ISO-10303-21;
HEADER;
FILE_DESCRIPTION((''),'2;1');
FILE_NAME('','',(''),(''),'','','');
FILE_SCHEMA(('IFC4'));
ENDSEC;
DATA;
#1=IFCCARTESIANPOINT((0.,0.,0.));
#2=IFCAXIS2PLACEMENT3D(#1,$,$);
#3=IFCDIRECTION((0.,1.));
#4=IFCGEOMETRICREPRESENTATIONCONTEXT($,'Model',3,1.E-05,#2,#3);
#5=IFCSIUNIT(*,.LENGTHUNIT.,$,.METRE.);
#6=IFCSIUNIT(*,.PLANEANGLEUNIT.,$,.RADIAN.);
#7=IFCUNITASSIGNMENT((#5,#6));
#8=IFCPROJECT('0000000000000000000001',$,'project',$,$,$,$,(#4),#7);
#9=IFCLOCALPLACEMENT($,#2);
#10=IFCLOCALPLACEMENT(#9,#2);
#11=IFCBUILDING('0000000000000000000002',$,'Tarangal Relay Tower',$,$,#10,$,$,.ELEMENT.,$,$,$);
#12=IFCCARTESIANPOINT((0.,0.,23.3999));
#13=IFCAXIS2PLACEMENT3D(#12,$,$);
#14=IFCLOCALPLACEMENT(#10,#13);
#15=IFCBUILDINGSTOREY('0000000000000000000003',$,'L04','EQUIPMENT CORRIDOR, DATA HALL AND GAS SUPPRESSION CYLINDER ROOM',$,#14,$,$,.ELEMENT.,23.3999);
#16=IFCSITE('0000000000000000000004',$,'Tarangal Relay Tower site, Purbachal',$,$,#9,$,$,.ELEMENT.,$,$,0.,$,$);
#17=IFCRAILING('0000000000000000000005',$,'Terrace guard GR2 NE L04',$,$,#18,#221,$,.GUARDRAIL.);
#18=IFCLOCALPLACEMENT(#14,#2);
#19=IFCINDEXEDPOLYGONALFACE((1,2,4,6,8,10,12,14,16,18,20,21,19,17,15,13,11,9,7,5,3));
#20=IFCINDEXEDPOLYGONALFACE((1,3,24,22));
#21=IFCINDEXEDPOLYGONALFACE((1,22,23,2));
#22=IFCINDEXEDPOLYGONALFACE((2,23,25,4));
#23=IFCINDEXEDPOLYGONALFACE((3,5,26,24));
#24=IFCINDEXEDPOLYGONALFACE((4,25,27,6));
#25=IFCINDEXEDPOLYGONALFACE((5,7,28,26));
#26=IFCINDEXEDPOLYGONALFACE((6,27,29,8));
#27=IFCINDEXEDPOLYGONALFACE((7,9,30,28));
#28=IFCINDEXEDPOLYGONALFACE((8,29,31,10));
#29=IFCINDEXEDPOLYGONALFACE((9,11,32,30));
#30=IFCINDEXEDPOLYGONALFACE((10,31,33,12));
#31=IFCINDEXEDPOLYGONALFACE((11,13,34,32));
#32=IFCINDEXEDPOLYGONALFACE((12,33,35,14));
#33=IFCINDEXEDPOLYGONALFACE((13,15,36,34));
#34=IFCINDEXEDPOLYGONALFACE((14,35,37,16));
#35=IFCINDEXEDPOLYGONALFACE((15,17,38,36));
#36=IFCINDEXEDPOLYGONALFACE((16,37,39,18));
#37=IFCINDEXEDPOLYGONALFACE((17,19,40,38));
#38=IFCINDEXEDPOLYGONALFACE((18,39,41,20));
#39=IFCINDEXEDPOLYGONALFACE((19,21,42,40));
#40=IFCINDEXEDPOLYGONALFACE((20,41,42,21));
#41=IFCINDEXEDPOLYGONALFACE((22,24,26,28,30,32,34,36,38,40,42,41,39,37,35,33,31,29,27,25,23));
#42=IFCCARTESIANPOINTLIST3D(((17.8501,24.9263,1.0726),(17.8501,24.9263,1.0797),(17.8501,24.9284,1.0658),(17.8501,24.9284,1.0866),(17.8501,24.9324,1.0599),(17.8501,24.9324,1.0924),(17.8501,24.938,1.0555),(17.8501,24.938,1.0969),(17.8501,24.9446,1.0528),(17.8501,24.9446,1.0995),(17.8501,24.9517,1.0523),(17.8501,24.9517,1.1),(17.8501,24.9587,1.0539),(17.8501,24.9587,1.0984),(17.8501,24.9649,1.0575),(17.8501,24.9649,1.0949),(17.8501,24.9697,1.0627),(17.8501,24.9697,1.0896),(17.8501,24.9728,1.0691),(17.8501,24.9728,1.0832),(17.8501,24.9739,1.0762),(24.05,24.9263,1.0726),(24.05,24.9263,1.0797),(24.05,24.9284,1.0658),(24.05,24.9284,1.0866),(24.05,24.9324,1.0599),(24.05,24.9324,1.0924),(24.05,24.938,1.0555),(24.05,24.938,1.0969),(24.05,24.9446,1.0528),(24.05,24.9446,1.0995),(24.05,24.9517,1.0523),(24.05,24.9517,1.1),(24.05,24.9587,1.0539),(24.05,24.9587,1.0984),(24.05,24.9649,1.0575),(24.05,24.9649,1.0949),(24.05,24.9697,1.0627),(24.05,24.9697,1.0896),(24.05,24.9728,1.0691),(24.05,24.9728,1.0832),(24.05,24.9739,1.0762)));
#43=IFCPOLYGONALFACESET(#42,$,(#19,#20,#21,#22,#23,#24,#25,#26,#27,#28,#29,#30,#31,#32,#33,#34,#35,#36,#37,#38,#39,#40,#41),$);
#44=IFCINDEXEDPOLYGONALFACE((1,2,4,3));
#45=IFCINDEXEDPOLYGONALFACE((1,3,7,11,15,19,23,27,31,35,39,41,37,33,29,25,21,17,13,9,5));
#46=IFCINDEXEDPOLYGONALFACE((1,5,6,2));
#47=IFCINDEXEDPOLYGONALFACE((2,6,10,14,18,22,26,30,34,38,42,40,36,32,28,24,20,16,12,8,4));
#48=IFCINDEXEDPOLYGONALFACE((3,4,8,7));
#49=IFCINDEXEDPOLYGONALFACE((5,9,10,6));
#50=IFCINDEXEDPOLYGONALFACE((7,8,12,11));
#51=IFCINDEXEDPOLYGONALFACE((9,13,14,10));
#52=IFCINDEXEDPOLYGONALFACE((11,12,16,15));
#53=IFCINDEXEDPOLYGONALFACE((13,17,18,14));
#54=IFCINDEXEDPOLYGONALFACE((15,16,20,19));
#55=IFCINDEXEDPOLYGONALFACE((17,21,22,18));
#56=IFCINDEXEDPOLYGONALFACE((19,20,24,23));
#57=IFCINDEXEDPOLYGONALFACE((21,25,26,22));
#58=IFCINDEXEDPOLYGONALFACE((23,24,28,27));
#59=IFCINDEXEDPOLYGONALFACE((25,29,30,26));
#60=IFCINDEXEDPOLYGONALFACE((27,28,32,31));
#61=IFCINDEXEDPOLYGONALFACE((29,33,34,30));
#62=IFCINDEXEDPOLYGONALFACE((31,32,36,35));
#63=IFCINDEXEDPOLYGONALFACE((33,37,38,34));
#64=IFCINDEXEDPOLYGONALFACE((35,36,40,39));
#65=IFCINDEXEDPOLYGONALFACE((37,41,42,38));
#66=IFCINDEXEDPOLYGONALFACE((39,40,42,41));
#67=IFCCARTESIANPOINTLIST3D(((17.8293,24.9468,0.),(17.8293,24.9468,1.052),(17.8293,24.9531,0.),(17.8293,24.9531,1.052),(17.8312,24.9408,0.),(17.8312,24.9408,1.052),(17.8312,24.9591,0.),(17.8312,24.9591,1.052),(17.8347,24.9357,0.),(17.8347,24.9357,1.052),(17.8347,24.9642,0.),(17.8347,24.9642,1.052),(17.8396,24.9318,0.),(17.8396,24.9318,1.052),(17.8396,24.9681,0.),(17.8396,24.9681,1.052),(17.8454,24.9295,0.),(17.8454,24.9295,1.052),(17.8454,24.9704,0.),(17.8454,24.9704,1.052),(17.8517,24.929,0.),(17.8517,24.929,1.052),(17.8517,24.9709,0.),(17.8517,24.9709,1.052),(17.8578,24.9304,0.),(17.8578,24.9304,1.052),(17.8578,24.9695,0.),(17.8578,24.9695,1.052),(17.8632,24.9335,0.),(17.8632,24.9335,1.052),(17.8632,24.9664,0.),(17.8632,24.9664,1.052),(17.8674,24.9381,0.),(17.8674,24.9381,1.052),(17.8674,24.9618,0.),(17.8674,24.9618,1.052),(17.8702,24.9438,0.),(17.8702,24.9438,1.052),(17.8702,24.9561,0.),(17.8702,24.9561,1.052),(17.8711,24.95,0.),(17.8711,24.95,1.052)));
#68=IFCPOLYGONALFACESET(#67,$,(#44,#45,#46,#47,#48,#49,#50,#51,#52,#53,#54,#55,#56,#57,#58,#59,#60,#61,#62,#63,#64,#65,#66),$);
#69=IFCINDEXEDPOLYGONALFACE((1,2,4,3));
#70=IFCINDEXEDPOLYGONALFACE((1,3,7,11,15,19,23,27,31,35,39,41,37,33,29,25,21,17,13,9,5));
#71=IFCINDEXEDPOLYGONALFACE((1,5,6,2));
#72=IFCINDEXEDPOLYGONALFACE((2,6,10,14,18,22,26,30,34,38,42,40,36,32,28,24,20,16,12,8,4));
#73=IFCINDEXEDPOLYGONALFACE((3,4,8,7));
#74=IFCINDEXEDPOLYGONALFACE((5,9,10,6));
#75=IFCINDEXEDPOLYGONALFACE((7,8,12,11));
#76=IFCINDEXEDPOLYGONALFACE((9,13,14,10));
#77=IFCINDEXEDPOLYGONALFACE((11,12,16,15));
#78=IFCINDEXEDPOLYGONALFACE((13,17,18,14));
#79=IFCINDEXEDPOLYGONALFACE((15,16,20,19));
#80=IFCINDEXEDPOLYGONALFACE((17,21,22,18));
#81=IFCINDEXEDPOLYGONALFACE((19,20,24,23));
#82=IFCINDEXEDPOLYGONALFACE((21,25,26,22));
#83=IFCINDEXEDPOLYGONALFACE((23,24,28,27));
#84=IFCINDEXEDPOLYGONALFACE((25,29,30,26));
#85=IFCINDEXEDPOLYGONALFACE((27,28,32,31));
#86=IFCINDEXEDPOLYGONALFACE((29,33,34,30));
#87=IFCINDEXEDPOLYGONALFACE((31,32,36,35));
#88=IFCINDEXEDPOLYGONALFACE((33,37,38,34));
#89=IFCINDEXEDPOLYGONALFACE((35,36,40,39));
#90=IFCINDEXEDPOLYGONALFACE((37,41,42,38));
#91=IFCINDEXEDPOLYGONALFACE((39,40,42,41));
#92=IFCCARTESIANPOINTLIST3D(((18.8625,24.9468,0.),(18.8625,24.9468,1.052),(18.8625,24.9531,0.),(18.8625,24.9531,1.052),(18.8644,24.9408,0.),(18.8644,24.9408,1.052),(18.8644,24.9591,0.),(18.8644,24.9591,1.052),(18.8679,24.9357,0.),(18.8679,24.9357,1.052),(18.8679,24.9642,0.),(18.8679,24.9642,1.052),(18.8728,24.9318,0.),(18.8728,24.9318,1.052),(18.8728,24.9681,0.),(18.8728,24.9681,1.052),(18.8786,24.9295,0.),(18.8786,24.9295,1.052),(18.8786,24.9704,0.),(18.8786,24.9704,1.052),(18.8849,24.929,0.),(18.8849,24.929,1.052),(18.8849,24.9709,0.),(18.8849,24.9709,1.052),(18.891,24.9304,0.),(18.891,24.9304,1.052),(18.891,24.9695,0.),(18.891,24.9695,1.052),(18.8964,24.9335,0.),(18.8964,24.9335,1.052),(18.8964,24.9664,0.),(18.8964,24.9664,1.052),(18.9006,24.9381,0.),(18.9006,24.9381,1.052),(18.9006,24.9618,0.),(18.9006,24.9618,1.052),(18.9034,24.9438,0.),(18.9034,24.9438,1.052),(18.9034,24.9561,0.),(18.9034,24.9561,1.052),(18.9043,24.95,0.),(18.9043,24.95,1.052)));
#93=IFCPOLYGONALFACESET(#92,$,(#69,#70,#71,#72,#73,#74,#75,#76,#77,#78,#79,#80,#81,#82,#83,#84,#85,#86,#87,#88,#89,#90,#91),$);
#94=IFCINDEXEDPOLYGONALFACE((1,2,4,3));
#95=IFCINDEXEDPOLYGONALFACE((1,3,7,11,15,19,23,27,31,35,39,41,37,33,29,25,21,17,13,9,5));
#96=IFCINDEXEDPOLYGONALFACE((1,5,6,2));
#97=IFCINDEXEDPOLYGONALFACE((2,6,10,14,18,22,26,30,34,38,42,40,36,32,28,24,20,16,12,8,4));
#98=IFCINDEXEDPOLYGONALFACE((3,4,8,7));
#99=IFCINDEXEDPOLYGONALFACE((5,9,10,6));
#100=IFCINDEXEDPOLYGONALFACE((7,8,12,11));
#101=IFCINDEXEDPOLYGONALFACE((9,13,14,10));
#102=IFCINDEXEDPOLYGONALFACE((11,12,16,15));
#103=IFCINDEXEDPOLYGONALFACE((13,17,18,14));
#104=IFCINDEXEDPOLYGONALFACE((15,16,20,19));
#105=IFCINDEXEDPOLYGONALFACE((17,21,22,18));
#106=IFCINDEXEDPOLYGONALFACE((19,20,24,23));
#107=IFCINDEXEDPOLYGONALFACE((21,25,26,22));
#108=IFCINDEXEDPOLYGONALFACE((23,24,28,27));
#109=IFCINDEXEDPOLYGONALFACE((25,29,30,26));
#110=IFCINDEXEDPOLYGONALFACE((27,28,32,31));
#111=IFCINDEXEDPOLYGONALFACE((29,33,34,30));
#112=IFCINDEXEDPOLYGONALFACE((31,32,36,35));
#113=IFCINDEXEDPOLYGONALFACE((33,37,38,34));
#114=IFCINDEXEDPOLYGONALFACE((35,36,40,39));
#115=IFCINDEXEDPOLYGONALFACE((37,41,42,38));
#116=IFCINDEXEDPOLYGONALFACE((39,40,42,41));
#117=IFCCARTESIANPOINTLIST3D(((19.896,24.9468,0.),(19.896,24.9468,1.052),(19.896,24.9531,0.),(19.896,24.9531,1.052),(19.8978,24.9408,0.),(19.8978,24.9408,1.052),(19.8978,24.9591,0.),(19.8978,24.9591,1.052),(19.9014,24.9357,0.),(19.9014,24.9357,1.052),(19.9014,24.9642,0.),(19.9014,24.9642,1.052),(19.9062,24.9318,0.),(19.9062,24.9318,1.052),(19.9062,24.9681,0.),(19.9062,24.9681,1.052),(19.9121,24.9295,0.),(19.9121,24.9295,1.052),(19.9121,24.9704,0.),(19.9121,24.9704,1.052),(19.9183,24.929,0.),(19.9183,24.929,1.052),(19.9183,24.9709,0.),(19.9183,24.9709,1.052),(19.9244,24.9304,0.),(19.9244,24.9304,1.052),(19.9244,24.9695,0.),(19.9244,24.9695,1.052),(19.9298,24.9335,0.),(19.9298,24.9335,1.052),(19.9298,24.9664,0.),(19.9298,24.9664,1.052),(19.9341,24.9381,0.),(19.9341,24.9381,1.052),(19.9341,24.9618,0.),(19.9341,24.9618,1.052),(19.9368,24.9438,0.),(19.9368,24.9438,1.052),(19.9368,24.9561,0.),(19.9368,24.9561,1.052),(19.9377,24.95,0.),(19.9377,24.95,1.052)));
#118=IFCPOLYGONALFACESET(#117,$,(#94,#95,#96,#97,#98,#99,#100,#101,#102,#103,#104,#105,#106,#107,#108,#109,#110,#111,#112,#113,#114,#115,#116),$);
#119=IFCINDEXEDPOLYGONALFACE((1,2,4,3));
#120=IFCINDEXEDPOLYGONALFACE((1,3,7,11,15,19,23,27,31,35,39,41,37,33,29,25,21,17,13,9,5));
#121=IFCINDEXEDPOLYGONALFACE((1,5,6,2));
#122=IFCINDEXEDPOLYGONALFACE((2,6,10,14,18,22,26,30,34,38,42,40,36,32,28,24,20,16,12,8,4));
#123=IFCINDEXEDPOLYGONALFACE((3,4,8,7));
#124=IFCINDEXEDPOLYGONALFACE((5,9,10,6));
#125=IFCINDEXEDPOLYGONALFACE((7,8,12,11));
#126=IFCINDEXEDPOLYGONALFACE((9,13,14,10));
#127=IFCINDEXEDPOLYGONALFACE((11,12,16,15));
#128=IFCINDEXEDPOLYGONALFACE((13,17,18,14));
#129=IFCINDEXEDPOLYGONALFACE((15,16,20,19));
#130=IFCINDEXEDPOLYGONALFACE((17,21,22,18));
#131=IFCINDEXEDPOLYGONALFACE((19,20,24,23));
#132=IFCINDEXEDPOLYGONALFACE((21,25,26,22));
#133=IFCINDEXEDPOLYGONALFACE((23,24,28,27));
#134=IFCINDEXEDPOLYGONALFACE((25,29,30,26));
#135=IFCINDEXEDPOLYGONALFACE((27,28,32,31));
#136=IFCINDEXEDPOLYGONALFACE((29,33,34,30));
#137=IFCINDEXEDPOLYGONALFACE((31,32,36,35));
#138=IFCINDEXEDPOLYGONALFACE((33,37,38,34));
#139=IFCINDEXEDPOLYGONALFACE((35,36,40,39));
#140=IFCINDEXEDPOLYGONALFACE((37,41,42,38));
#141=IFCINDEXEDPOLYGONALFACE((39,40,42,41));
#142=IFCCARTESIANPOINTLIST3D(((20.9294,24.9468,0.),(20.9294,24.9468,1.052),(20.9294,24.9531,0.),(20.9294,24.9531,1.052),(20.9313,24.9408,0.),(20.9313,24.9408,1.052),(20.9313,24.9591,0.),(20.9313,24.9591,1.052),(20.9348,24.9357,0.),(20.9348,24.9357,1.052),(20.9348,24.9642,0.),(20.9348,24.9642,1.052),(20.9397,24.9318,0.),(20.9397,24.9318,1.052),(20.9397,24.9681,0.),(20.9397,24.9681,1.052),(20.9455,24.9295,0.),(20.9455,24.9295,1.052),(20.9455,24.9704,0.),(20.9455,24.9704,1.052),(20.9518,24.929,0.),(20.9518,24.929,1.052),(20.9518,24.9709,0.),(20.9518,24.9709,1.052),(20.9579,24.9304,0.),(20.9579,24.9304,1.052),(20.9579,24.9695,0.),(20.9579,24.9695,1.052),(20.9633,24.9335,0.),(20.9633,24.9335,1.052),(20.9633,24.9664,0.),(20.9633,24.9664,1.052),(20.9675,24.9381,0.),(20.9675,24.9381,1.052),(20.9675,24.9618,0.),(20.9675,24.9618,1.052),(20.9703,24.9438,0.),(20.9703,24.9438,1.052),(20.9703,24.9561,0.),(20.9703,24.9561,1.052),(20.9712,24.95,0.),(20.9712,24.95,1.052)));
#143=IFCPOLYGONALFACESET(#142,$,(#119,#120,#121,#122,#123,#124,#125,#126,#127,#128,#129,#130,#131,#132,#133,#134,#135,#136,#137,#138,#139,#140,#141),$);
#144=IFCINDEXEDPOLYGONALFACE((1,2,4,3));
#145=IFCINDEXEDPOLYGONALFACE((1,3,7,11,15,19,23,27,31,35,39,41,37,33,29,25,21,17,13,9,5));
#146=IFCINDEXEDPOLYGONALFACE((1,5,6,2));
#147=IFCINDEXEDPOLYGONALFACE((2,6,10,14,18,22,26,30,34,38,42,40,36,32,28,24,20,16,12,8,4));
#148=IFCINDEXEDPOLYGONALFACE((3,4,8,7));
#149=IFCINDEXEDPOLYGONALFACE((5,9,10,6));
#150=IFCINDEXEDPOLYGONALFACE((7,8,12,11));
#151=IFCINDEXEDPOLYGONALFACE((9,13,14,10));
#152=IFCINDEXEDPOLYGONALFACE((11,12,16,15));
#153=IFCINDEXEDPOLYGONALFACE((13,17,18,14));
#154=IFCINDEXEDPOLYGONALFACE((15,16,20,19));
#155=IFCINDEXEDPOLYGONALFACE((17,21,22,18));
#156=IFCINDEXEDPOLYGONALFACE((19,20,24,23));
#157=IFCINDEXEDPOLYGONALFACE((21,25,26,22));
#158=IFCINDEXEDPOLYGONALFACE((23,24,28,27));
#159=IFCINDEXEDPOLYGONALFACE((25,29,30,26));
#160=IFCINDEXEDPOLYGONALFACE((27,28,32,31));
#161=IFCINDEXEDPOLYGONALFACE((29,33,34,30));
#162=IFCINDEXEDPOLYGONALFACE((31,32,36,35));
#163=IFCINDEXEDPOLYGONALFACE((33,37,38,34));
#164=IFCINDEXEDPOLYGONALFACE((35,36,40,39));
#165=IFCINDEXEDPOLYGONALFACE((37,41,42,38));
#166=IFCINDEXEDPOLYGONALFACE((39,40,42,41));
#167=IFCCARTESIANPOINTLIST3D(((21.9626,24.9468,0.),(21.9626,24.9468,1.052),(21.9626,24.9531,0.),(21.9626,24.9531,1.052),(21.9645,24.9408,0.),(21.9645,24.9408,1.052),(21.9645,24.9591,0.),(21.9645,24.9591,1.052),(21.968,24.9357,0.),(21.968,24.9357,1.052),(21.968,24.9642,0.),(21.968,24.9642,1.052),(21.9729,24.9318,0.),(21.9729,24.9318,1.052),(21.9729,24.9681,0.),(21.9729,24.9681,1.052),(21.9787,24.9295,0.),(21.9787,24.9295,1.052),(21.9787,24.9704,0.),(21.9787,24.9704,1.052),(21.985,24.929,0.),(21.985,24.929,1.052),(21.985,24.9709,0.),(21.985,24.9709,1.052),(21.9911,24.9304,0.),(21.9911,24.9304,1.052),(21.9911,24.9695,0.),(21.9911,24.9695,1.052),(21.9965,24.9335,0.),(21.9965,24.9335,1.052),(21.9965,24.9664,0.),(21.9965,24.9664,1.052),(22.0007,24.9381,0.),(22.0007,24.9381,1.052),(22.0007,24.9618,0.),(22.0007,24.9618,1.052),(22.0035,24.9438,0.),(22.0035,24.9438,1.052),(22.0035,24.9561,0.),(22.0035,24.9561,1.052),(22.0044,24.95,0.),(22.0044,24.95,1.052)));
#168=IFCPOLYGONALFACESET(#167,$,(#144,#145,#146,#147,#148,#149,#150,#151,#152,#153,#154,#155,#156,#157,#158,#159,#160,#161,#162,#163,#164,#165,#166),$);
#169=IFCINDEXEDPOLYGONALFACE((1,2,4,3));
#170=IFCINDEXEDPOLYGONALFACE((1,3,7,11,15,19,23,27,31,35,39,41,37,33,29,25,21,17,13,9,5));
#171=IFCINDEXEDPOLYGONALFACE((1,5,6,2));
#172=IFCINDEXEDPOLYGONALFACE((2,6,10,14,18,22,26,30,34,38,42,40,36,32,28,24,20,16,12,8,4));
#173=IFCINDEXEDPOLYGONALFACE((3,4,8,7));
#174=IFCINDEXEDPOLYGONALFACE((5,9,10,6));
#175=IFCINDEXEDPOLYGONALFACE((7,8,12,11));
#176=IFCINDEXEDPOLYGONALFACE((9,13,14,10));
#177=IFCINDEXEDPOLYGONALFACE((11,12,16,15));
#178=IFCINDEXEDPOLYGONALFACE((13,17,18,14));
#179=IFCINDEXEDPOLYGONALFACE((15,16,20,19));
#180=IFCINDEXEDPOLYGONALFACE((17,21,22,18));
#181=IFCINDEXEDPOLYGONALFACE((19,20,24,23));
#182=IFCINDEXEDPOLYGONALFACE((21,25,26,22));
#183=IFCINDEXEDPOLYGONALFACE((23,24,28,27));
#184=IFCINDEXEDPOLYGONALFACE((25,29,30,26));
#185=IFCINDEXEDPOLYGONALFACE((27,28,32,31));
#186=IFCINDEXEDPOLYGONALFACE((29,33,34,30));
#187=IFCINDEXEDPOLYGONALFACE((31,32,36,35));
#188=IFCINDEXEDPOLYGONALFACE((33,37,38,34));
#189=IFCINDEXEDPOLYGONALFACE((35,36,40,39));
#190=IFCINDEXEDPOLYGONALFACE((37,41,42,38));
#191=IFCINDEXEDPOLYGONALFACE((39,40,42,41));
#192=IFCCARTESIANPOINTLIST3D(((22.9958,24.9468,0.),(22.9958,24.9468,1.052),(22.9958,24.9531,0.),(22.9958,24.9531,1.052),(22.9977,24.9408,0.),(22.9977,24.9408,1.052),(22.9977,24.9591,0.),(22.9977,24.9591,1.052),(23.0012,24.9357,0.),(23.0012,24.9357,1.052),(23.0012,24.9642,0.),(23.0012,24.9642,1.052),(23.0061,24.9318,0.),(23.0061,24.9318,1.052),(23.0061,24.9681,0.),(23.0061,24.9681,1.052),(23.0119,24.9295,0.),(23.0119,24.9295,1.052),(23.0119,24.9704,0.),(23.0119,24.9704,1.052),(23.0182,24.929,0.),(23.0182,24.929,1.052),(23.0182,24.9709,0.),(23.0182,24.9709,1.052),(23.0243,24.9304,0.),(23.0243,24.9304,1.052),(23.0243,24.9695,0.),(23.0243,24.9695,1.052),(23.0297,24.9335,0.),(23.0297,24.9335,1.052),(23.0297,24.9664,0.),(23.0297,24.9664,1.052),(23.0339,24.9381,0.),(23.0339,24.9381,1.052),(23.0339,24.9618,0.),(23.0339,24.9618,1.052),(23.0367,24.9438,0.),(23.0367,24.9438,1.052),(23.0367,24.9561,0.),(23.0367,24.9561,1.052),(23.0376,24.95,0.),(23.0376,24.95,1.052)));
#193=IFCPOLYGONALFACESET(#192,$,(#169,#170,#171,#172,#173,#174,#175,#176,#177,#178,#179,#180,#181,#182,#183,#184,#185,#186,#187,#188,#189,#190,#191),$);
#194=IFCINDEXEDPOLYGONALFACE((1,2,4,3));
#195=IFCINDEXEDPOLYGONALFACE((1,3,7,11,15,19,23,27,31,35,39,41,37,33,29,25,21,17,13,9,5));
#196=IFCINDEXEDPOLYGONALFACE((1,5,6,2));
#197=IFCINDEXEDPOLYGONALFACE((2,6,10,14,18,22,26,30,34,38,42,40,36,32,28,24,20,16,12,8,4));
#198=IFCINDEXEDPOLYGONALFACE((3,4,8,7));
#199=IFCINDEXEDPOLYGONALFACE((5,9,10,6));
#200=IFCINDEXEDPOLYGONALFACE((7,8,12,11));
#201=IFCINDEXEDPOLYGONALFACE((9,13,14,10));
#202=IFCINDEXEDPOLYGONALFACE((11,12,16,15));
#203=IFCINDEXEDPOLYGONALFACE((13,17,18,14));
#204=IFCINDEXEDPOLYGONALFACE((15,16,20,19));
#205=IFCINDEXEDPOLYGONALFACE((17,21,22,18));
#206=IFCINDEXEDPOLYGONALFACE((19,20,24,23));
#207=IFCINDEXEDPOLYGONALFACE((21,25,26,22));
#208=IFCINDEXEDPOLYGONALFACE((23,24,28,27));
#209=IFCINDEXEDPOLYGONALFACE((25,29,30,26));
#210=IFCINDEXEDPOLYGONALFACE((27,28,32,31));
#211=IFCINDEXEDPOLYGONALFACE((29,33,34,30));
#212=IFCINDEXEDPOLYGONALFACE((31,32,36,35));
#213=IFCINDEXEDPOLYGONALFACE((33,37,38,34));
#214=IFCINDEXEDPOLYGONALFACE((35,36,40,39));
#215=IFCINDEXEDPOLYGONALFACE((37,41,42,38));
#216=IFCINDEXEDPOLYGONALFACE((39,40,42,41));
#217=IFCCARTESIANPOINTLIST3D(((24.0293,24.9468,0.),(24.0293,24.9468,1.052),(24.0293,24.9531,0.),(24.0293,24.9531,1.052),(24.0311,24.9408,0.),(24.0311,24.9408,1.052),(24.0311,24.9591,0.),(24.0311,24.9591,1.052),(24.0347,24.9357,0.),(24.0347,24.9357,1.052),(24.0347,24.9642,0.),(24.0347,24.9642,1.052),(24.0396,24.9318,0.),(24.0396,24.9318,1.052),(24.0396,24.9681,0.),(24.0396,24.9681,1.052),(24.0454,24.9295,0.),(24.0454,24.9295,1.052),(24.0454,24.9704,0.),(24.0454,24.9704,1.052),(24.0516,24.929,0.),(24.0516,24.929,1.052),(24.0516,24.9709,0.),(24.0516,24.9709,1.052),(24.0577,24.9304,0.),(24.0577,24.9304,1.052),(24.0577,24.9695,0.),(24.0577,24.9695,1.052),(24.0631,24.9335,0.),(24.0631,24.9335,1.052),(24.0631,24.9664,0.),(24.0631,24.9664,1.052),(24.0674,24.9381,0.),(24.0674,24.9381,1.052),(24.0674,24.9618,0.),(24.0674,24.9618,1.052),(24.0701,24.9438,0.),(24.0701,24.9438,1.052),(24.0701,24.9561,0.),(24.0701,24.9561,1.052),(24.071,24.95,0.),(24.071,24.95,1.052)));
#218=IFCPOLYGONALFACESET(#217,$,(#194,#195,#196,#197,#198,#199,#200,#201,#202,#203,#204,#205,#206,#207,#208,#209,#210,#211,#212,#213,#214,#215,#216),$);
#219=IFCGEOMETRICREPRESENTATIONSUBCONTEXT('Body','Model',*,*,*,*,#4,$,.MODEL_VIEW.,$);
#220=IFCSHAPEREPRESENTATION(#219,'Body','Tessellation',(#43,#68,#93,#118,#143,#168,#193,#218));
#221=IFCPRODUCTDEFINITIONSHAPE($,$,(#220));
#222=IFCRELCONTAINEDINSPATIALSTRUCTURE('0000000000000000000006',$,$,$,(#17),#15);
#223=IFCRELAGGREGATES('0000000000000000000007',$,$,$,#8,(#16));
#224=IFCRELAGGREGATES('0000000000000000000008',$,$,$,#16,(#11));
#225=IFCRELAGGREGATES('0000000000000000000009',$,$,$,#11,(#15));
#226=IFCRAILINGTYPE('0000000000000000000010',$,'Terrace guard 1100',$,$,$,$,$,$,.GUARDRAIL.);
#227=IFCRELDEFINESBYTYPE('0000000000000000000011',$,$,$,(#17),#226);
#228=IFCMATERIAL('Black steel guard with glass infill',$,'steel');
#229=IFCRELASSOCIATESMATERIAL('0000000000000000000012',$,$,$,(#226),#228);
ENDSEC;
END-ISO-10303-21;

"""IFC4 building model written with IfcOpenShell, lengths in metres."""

from ifc_helpers import new_model, si_unit, direction, frame, origin, origin_2d, place, context, subcontext, project, spatial, circle, extrude, material, type_object, element, save


model = new_model("IFC4")

# Units and contexts
model_context = context("Model", 3, precision=1e-05, world=origin(), true_north=direction((0.0, 1.0)))
body_context = subcontext(model_context, "Body", "Model", "MODEL_VIEW")
ifc_project = project(units=[si_unit("LENGTHUNIT", "METRE"), si_unit("PLANEANGLEUNIT", "RADIAN")], contexts=[model_context])

# Site, building, storey
site_placement = place(None, origin())
site = spatial("IfcSite", under=ifc_project, at=site_placement, Name="Tarangal Relay Tower site, Purbachal", CompositionType="ELEMENT", RefElevation=0.0)
building_placement = place(site_placement, origin())
building = spatial("IfcBuilding", under=site, at=building_placement, Name="Tarangal Relay Tower", CompositionType="ELEMENT")
storey_placement = place(building_placement, frame((0.0, 0.0, 23.3999)))
storey = spatial("IfcBuildingStorey", under=building, at=storey_placement, Name="L04", Description="EQUIPMENT CORRIDOR, DATA HALL AND GAS SUPPRESSION CYLINDER ROOM", CompositionType="ELEMENT", Elevation=23.3999)

# Railing
ifc_material_1 = material(Name="Black steel guard with glass infill", Category="steel")
railing_type = type_object("IfcRailingType", Name="Terrace guard 1100", PredefinedType="GUARDRAIL", material=ifc_material_1)
railing_1_placement = place(storey_placement, frame((17.8501, 24.95, 0.0)))
element("IfcRailing", 1, at=railing_1_placement, inside=storey, type_object=railing_type, Name="Terrace guard GR2 NE L04", PredefinedType="GUARDRAIL", context=body_context, shape_type="SweptSolid", body=[
    extrude(circle(Radius=0.0239, at=origin_2d()), frame((0.0, 0.0, 1.0762), z_axis=(1.0, 0.0, 0.0), x_axis=(0.0, 1.0, 0.0)), (0.0, 0.0, 1.0), 6.2),
    extrude(circle(Radius=0.021, at=origin_2d()), origin(), (0.0, 0.0, 1.0), 1.052),
    extrude(circle(Radius=0.021, at=origin_2d()), frame((1.0332, 0.0, 0.0)), (0.0, 0.0, 1.0), 1.052),
    extrude(circle(Radius=0.021, at=origin_2d()), frame((2.0667, 0.0, 0.0)), (0.0, 0.0, 1.0), 1.052),
    extrude(circle(Radius=0.021, at=origin_2d()), frame((3.1001, 0.0, 0.0)), (0.0, 0.0, 1.0), 1.052),
    extrude(circle(Radius=0.021, at=origin_2d()), frame((4.1333, 0.0, 0.0)), (0.0, 0.0, 1.0), 1.052),
    extrude(circle(Radius=0.021, at=origin_2d()), frame((5.1665, 0.0, 0.0)), (0.0, 0.0, 1.0), 1.052),
    extrude(circle(Radius=0.021, at=origin_2d()), frame((6.2, 0.0, 0.0)), (0.0, 0.0, 1.0), 1.052),
])

save(model, "model.ifc")
